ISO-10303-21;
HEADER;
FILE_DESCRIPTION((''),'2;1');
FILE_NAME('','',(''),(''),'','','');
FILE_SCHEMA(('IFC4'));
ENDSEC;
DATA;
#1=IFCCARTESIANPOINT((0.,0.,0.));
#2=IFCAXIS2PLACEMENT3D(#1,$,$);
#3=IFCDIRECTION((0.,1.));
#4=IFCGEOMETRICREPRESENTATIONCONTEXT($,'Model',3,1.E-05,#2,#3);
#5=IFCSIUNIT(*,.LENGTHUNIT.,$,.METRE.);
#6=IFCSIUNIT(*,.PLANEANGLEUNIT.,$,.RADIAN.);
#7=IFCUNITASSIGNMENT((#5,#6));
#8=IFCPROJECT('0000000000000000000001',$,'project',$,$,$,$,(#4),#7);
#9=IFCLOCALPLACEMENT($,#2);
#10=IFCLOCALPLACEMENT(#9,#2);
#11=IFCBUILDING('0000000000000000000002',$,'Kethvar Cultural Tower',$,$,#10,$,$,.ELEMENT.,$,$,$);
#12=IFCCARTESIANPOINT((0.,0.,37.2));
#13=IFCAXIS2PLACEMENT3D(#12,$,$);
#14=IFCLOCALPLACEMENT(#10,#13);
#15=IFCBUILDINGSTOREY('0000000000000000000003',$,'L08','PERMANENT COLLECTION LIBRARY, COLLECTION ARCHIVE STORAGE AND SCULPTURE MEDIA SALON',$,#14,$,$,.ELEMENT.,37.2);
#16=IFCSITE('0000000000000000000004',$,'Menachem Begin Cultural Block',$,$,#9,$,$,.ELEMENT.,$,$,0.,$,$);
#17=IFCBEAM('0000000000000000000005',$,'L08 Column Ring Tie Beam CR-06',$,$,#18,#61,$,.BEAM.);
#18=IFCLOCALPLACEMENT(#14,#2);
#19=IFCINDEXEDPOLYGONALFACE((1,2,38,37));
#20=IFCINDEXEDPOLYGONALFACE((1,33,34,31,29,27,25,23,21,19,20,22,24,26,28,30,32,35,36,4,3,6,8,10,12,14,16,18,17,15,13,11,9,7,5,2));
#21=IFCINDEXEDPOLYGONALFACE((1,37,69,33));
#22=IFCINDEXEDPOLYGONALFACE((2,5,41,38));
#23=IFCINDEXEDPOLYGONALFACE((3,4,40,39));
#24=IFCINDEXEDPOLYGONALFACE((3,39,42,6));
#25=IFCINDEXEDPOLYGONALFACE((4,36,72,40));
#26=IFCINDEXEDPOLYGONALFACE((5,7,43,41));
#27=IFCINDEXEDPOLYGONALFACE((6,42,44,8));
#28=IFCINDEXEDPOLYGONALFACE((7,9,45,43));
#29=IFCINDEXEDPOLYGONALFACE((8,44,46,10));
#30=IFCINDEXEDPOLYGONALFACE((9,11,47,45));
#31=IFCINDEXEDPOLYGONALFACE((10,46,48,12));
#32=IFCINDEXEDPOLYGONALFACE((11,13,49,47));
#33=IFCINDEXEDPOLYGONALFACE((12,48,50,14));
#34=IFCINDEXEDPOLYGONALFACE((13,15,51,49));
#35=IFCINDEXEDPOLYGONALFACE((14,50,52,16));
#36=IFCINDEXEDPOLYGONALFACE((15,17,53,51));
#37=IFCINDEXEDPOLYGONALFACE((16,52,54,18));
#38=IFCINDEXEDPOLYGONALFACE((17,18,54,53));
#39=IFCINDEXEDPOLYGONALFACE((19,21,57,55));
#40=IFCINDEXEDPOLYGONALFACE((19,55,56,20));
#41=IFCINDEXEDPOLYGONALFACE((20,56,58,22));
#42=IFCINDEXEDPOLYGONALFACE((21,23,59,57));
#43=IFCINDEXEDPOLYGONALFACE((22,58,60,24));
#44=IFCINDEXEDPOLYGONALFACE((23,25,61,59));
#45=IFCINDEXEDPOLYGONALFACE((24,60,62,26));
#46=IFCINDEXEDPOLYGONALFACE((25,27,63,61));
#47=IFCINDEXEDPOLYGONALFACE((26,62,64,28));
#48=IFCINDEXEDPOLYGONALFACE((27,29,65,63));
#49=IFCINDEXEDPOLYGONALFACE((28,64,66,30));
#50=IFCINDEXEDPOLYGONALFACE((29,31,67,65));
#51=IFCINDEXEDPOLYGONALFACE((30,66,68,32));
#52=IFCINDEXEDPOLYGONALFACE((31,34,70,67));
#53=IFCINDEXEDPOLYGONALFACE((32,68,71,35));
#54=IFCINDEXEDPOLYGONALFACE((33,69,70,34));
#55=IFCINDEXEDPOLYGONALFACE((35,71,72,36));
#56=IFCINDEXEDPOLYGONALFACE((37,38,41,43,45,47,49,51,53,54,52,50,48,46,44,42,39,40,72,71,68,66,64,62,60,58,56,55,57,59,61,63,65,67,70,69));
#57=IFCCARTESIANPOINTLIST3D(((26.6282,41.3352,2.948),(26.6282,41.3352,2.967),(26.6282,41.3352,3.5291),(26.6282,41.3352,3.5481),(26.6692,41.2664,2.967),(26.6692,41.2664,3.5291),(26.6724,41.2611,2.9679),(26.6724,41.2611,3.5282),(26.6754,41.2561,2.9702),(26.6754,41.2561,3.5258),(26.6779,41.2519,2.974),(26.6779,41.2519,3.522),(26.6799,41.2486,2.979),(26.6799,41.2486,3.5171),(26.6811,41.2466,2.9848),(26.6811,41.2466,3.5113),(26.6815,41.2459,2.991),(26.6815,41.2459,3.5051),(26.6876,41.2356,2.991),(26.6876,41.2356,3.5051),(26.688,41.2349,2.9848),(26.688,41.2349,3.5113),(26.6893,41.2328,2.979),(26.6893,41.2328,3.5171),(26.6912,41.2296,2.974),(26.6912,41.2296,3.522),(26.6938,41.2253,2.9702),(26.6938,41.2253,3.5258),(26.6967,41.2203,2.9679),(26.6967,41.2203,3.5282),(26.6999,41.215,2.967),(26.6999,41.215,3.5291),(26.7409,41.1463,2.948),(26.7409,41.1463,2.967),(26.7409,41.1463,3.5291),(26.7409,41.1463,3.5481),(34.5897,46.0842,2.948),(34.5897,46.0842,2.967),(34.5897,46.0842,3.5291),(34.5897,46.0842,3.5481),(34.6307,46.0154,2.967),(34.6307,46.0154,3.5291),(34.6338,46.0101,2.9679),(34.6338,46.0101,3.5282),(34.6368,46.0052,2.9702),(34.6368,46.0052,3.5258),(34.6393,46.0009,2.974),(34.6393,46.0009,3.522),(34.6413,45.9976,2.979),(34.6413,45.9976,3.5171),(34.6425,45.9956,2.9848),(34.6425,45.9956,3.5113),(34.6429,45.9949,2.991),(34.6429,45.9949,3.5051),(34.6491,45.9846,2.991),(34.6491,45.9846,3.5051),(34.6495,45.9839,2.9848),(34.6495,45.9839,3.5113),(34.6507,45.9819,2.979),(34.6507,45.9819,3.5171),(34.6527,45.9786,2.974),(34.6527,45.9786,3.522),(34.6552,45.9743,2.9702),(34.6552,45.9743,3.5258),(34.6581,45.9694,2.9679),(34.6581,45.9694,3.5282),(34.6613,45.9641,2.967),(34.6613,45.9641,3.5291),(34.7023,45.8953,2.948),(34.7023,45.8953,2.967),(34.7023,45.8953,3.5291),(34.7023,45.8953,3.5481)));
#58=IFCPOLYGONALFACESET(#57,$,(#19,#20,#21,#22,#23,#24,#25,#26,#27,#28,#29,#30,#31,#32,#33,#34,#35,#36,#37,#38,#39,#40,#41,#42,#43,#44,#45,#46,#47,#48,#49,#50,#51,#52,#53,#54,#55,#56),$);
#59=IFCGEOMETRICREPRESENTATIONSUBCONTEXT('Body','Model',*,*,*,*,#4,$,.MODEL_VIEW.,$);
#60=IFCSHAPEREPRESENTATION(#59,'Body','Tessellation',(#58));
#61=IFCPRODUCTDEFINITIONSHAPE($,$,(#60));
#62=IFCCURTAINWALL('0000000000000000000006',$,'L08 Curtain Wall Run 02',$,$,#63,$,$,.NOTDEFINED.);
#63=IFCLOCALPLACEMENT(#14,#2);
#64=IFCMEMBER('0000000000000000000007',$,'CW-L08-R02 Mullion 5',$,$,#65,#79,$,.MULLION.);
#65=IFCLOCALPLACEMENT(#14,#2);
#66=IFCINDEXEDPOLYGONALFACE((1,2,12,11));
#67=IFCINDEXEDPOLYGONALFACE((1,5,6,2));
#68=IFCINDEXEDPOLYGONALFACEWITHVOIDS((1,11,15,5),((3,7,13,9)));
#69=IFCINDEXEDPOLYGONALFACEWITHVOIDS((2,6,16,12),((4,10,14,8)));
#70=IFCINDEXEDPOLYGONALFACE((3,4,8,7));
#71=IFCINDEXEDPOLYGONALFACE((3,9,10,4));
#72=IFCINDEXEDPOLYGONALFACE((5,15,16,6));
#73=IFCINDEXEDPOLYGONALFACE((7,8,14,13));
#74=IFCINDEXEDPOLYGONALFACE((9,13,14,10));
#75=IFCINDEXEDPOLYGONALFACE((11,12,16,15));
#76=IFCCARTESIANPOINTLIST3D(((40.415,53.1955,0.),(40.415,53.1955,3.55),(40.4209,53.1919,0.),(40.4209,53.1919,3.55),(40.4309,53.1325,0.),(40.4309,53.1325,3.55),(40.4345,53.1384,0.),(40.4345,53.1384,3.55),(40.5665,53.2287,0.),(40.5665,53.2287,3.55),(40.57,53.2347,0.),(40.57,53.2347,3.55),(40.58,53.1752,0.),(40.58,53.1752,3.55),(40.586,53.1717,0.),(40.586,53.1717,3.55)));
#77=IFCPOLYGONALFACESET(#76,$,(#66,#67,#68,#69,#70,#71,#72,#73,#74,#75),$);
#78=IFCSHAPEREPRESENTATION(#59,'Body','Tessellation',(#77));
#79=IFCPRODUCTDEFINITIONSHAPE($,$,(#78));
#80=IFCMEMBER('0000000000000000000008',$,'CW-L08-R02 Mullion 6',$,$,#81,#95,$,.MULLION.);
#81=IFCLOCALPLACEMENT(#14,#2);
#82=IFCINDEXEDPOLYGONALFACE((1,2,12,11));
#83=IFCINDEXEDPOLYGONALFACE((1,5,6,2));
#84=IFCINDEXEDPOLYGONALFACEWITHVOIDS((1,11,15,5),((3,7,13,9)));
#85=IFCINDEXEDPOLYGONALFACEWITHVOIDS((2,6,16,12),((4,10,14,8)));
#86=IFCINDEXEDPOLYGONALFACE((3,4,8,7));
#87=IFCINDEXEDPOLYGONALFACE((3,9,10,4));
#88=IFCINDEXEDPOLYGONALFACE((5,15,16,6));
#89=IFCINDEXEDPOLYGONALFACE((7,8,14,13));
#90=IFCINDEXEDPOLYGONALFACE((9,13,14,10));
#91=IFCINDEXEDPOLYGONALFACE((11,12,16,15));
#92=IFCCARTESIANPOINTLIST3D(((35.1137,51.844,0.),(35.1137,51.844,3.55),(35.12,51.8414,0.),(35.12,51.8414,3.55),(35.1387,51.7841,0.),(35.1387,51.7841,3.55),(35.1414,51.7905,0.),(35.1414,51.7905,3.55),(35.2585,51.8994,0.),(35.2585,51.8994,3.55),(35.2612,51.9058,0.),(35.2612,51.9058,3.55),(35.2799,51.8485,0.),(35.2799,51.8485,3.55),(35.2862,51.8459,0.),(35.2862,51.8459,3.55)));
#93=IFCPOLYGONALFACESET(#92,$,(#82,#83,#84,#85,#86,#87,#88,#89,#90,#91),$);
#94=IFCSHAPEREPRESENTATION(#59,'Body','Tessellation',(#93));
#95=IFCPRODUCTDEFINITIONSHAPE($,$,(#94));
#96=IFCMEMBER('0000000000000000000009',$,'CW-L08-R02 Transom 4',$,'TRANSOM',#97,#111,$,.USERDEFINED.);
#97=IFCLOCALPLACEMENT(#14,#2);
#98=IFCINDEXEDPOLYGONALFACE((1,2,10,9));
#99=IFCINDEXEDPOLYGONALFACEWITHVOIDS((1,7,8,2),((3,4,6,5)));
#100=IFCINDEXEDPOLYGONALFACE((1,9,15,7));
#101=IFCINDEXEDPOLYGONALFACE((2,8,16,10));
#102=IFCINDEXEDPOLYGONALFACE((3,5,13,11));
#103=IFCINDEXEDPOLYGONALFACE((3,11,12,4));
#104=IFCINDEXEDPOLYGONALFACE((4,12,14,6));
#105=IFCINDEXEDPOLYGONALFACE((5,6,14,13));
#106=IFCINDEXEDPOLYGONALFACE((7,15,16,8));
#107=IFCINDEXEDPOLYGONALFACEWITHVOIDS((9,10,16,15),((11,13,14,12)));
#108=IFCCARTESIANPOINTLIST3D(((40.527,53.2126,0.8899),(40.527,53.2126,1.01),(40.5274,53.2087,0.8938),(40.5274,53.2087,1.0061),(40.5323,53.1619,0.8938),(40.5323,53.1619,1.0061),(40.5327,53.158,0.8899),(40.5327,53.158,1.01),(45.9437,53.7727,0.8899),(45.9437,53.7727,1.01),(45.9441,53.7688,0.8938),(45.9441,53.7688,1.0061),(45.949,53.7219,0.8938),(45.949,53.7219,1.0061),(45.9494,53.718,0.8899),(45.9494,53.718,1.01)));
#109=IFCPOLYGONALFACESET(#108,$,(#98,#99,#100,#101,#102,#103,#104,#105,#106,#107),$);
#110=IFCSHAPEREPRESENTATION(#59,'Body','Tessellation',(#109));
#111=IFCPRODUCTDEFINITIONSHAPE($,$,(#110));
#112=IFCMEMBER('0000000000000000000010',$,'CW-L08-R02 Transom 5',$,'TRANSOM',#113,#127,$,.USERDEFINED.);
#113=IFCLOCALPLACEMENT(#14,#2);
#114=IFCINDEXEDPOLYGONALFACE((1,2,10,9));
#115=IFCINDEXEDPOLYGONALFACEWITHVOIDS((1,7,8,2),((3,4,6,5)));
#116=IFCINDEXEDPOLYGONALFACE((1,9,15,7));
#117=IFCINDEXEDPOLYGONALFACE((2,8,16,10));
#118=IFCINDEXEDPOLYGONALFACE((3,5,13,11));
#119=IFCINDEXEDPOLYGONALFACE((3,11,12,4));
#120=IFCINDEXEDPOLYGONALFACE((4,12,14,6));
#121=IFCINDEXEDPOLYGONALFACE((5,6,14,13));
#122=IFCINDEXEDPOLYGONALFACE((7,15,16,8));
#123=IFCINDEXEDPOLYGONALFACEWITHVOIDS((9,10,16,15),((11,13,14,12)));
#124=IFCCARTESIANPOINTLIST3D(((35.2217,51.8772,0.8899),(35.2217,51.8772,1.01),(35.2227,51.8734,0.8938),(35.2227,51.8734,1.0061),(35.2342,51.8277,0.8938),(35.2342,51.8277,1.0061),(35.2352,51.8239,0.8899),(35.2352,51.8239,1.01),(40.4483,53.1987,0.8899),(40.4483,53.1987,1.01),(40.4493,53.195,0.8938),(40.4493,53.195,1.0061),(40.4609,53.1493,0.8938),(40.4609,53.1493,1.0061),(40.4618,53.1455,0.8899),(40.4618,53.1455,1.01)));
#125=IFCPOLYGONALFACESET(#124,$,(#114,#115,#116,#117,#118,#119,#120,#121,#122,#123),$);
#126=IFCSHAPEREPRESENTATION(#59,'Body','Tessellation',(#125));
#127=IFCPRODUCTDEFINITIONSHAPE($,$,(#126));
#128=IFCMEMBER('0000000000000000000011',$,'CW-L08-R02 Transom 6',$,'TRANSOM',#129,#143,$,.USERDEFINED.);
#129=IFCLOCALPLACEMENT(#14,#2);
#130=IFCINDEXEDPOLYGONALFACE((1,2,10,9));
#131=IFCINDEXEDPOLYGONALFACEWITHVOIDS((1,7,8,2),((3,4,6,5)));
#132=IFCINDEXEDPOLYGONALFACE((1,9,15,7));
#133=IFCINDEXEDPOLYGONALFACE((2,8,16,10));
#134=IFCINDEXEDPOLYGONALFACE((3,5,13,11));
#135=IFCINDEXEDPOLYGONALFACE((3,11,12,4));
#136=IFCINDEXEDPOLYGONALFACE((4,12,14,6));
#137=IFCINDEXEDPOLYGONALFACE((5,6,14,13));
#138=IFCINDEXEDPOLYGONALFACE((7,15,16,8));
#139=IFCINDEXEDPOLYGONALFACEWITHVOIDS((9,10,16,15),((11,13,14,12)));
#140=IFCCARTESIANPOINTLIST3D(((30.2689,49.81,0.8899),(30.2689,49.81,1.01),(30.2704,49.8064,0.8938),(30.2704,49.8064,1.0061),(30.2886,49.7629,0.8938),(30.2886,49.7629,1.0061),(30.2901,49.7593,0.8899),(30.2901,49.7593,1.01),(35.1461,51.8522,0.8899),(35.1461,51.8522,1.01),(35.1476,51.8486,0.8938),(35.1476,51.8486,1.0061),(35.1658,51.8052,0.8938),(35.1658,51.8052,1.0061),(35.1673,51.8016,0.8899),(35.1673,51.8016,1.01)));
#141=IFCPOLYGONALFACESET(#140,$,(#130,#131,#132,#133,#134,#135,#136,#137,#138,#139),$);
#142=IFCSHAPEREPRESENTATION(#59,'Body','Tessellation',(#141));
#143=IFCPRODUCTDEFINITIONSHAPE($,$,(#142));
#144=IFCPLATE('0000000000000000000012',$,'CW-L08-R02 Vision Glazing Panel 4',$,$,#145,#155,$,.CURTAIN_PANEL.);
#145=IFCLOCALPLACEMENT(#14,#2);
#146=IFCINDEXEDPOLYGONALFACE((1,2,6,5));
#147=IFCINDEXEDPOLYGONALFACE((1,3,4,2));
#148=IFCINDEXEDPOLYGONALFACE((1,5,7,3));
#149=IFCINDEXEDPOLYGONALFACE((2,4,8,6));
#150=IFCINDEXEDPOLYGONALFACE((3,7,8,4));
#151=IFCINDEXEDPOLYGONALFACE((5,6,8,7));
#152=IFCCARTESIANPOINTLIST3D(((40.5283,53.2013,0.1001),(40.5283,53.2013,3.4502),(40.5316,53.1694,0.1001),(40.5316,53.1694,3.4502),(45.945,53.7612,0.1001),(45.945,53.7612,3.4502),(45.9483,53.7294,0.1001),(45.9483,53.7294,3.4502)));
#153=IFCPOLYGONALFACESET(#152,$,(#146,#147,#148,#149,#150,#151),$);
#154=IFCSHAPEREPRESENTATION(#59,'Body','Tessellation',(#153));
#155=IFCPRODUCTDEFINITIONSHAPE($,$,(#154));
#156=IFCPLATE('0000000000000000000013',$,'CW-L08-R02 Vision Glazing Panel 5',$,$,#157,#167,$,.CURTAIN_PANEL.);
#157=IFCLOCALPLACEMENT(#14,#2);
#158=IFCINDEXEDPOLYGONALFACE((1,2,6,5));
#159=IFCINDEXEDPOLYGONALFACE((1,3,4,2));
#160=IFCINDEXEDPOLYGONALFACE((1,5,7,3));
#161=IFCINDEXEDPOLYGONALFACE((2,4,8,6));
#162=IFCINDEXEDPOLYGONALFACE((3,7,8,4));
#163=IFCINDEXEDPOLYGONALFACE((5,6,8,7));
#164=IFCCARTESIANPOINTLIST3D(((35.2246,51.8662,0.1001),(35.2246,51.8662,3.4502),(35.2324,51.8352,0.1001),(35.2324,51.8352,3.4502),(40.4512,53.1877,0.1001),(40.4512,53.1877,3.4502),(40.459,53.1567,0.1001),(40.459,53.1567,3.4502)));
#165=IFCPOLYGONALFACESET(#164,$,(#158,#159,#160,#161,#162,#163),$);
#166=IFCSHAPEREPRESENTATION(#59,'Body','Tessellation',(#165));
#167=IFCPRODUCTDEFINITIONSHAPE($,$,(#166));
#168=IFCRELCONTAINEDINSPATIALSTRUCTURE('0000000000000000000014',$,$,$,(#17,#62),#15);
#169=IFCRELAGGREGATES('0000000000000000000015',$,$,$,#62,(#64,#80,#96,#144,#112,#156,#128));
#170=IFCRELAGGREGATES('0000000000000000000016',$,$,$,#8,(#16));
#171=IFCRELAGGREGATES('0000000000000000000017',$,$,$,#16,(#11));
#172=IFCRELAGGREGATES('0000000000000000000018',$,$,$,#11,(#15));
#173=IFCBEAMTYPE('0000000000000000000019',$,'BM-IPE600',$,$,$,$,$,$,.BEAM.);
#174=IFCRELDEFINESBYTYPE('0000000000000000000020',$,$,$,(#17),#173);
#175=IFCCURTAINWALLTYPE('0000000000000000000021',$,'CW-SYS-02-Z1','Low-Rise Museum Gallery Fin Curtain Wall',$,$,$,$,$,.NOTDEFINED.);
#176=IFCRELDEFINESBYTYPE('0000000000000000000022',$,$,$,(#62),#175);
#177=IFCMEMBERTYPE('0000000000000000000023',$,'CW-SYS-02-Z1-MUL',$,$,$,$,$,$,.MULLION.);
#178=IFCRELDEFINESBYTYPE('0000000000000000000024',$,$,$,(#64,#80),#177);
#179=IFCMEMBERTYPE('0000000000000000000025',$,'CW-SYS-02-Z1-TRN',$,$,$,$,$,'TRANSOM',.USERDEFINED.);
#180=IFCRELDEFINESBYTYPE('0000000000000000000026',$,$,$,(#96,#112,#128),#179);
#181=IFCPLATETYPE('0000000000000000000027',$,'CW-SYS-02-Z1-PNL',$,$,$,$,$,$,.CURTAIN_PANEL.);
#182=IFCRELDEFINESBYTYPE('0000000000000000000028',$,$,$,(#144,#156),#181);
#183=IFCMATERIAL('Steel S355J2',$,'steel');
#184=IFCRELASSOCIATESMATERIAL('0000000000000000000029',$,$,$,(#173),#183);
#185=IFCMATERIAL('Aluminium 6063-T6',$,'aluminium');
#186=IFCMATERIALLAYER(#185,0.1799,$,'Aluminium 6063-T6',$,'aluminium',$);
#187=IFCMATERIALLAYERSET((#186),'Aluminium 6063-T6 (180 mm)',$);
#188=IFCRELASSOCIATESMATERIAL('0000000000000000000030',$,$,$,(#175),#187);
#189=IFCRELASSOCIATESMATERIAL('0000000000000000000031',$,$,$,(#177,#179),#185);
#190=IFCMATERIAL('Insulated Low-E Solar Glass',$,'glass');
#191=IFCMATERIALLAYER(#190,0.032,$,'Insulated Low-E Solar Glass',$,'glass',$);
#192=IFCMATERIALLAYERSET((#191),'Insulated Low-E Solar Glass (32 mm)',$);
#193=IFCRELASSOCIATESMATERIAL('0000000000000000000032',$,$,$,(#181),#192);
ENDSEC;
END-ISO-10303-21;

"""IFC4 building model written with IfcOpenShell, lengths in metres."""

from ifc_helpers import new_model, si_unit, direction, frame, origin, origin_2d, place, context, subcontext, project, spatial, rectangle, hollow_rectangle, i_section, extrude, source, transform, mapped, material, layer, layer_set, material_profile, profile_set, type_object, element, aggregate, save


model = new_model("IFC4")

# Units and contexts
model_context = context("Model", 3, precision=1e-05, world=origin(), true_north=direction((0.0, 1.0)))
body_context = subcontext(model_context, "Body", "Model", "MODEL_VIEW")
ifc_project = project(units=[si_unit("LENGTHUNIT", "METRE"), si_unit("PLANEANGLEUNIT", "RADIAN")], contexts=[model_context])

# Site, building, storey
site_placement = place(None, origin())
site = spatial("IfcSite", under=ifc_project, at=site_placement, Name="Menachem Begin Cultural Block", CompositionType="ELEMENT", RefElevation=0.0)
building_placement = place(site_placement, origin())
building = spatial("IfcBuilding", under=site, at=building_placement, Name="Kethvar Cultural Tower", CompositionType="ELEMENT")
storey_placement = place(building_placement, frame((0.0, 0.0, 37.2)))
storey = spatial("IfcBuildingStorey", under=building, at=storey_placement, Name="L08", Description="PERMANENT COLLECTION LIBRARY, COLLECTION ARCHIVE STORAGE AND SCULPTURE MEDIA SALON", CompositionType="ELEMENT", Elevation=37.2)

# Beam
ifc_material_1 = material(Name="Steel S355J2", Category="steel")
ifc_material_profile_1 = material_profile(ifc_material_1, i_section(OverallWidth=0.22, OverallDepth=0.6001, WebThickness=0.012, FlangeThickness=0.019, FilletRadius=0.0239, at=origin_2d()), Name="Steel S355J2 — IPE600")
ifc_profile_set_1 = profile_set([ifc_material_profile_1], Name="Steel S355J2 — IPE600")
beam_type_1 = type_object("IfcBeamType", Name="BM-IPE600", PredefinedType="BEAM", material=ifc_profile_set_1)
shared_shape_1 = source(origin(), body_context, "Body", "SweptSolid", [
    extrude(i_section(OverallWidth=0.22, OverallDepth=0.6001, WebThickness=0.012, FlangeThickness=0.019, FilletRadius=0.0239, at=origin_2d()), origin(), (0.0, 0.0, 1.0), 9.2703),
])
beam_1_placement = place(storey_placement, frame((34.646, 45.9897, 3.248), z_axis=(-0.858815, -0.512286, 0.0), x_axis=(0.512286, -0.858815, 0.0)))
element("IfcBeam", 1, at=beam_1_placement, inside=storey, type_object=beam_type_1, Name="L08 Column Ring Tie Beam CR-06", PredefinedType="BEAM", context=body_context, shape_type="MappedRepresentation", body=[
    mapped(shared_shape_1, transform((0.0, 0.0, 0.0), scale=1.0)),
])

# Curtain wall, members, plates
ifc_material_2 = material(Name="Aluminium 6063-T6", Category="aluminium")
ifc_layer_1 = layer(ifc_material_2, 0.1799, Name="Aluminium 6063-T6", Category="aluminium")
ifc_layer_set_1 = layer_set([ifc_layer_1], Name="Aluminium 6063-T6 (180 mm)")
curtain_wall_type = type_object("IfcCurtainWallType", Name="CW-SYS-02-Z1", Description="Low-Rise Museum Gallery Fin Curtain Wall", PredefinedType="NOTDEFINED", material=ifc_layer_set_1)
curtain_wall_placement = place(storey_placement, origin())
curtain_wall = element("IfcCurtainWall", 2, at=curtain_wall_placement, inside=storey, type_object=curtain_wall_type, Name="L08 Curtain Wall Run 02", PredefinedType="NOTDEFINED")
ifc_material_profile_2 = material_profile(ifc_material_2, hollow_rectangle(XDim=0.0649, YDim=0.1599, WallThickness=0.0049, at=origin_2d()), Name="Aluminium 6063-T6 — RHS160x65x5")
ifc_profile_set_2 = profile_set([ifc_material_profile_2], Name="Aluminium 6063-T6 — RHS160x65x5")
member_type_1 = type_object("IfcMemberType", Name="CW-SYS-02-Z1-MUL", PredefinedType="MULLION", material=ifc_profile_set_2)
shared_shape_2 = source(origin(), body_context, "Body", "SweptSolid", [
    extrude(hollow_rectangle(XDim=0.0649, YDim=0.1599, WallThickness=0.0049, at=origin_2d()), origin(), (0.0, 0.0, 1.0), 3.55),
])
member_1_placement = place(storey_placement, frame((40.5005, 53.1836, 0.0), z_axis=(0.0, 0.0, 1.0), x_axis=(0.245121, -0.969492, 0.0)))
member_1 = element("IfcMember", 3, at=member_1_placement, type_object=member_type_1, Name="CW-L08-R02 Mullion 5", PredefinedType="MULLION", context=body_context, shape_type="MappedRepresentation", body=[
    mapped(shared_shape_2, transform((0.0, 0.0, 0.0), scale=1.0)),
])
member_2_placement = place(storey_placement, frame((35.2, 51.845, 0.0), z_axis=(0.0, 0.0, 1.0), x_axis=(0.386228, -0.922403, 0.0)))
member_2 = element("IfcMember", 4, at=member_2_placement, type_object=member_type_1, Name="CW-L08-R02 Mullion 6", PredefinedType="MULLION", context=body_context, shape_type="MappedRepresentation", body=[
    mapped(shared_shape_2, transform((0.0, 0.0, 0.0), scale=1.0)),
])
ifc_material_profile_3 = material_profile(ifc_material_2, hollow_rectangle(XDim=0.0549, YDim=0.1201, WallThickness=0.0039, at=origin_2d()), Name="Aluminium 6063-T6 — RHS120x55x4")
ifc_profile_set_3 = profile_set([ifc_material_profile_3], Name="Aluminium 6063-T6 — RHS120x55x4")
member_type_2 = type_object("IfcMemberType", Name="CW-SYS-02-Z1-TRN", ElementType="TRANSOM", PredefinedType="USERDEFINED", material=ifc_profile_set_3)
shared_shape_3 = source(origin(), body_context, "Body", "SweptSolid", [
    extrude(hollow_rectangle(XDim=0.0549, YDim=0.1201, WallThickness=0.0039, at=origin_2d()), origin(), (0.0, 0.0, 1.0), 5.4456),
])
member_3_placement = place(storey_placement, frame((45.9465, 53.7454, 0.95), z_axis=(-0.994697, -0.102846, 0.0), x_axis=(0.102846, -0.994697, 0.0)))
member_3 = element("IfcMember", 5, at=member_3_placement, type_object=member_type_2, Name="CW-L08-R02 Transom 4", ObjectType="TRANSOM", PredefinedType="USERDEFINED", context=body_context, shape_type="MappedRepresentation", body=[
    mapped(shared_shape_3, transform((0.0, 0.0, 0.0), scale=1.0)),
])
shared_shape_4 = source(origin(), body_context, "Body", "SweptSolid", [
    extrude(hollow_rectangle(XDim=0.0549, YDim=0.1201, WallThickness=0.0039, at=origin_2d()), origin(), (0.0, 0.0, 1.0), 5.3911),
])
member_4_placement = place(storey_placement, frame((40.4551, 53.1721, 0.95), z_axis=(-0.969489, -0.245135, 0.0), x_axis=(0.245135, -0.969489, 0.0)))
member_4 = element("IfcMember", 6, at=member_4_placement, type_object=member_type_2, Name="CW-L08-R02 Transom 5", ObjectType="TRANSOM", PredefinedType="USERDEFINED", context=body_context, shape_type="MappedRepresentation", body=[
    mapped(shared_shape_4, transform((0.0, 0.0, 0.0), scale=1.0)),
])
shared_shape_5 = source(origin(), body_context, "Body", "SweptSolid", [
    extrude(hollow_rectangle(XDim=0.0549, YDim=0.1201, WallThickness=0.0039, at=origin_2d()), origin(), (0.0, 0.0, 1.0), 5.2876),
])
member_5_placement = place(storey_placement, frame((35.1567, 51.8269, 0.95), z_axis=(-0.922399, -0.386238, 0.0), x_axis=(0.386238, -0.922399, 0.0)))
member_5 = element("IfcMember", 7, at=member_5_placement, type_object=member_type_2, Name="CW-L08-R02 Transom 6", ObjectType="TRANSOM", PredefinedType="USERDEFINED", context=body_context, shape_type="MappedRepresentation", body=[
    mapped(shared_shape_5, transform((0.0, 0.0, 0.0), scale=1.0)),
])
ifc_material_3 = material(Name="Insulated Low-E Solar Glass", Category="glass")
ifc_layer_2 = layer(ifc_material_3, 0.032, Name="Insulated Low-E Solar Glass", Category="glass")
ifc_layer_set_2 = layer_set([ifc_layer_2], Name="Insulated Low-E Solar Glass (32 mm)")
plate_type = type_object("IfcPlateType", Name="CW-SYS-02-Z1-PNL", PredefinedType="CURTAIN_PANEL", material=ifc_layer_set_2)
shared_shape_6 = source(origin(), body_context, "Body", "SweptSolid", [
    extrude(rectangle(XDim=5.4456, YDim=0.032, at=origin_2d()), origin(), (0.0, 0.0, 1.0), 3.3501),
])
plate_1_placement = place(storey_placement, frame((43.2383, 53.4653, 0.1001), z_axis=(0.0, 0.0, 1.0), x_axis=(-0.994699, -0.102827, 0.0)))
plate_1 = element("IfcPlate", 8, at=plate_1_placement, type_object=plate_type, Name="CW-L08-R02 Vision Glazing Panel 4", PredefinedType="CURTAIN_PANEL", context=body_context, shape_type="MappedRepresentation", body=[
    mapped(shared_shape_6, transform((0.0, 0.0, 0.0), scale=1.0)),
])
shared_shape_7 = source(origin(), body_context, "Body", "SweptSolid", [
    extrude(rectangle(XDim=5.3911, YDim=0.032, at=origin_2d()), origin(), (0.0, 0.0, 1.0), 3.3501),
])
plate_2_placement = place(storey_placement, frame((37.8418, 52.5115, 0.1001), z_axis=(0.0, 0.0, 1.0), x_axis=(-0.969492, -0.245121, 0.0)))
plate_2 = element("IfcPlate", 9, at=plate_2_placement, type_object=plate_type, Name="CW-L08-R02 Vision Glazing Panel 5", PredefinedType="CURTAIN_PANEL", context=body_context, shape_type="MappedRepresentation", body=[
    mapped(shared_shape_7, transform((0.0, 0.0, 0.0), scale=1.0)),
])
aggregate(curtain_wall, [member_1, member_2, member_3, plate_1, member_4, plate_2, member_5])

save(model, "model.ifc")
